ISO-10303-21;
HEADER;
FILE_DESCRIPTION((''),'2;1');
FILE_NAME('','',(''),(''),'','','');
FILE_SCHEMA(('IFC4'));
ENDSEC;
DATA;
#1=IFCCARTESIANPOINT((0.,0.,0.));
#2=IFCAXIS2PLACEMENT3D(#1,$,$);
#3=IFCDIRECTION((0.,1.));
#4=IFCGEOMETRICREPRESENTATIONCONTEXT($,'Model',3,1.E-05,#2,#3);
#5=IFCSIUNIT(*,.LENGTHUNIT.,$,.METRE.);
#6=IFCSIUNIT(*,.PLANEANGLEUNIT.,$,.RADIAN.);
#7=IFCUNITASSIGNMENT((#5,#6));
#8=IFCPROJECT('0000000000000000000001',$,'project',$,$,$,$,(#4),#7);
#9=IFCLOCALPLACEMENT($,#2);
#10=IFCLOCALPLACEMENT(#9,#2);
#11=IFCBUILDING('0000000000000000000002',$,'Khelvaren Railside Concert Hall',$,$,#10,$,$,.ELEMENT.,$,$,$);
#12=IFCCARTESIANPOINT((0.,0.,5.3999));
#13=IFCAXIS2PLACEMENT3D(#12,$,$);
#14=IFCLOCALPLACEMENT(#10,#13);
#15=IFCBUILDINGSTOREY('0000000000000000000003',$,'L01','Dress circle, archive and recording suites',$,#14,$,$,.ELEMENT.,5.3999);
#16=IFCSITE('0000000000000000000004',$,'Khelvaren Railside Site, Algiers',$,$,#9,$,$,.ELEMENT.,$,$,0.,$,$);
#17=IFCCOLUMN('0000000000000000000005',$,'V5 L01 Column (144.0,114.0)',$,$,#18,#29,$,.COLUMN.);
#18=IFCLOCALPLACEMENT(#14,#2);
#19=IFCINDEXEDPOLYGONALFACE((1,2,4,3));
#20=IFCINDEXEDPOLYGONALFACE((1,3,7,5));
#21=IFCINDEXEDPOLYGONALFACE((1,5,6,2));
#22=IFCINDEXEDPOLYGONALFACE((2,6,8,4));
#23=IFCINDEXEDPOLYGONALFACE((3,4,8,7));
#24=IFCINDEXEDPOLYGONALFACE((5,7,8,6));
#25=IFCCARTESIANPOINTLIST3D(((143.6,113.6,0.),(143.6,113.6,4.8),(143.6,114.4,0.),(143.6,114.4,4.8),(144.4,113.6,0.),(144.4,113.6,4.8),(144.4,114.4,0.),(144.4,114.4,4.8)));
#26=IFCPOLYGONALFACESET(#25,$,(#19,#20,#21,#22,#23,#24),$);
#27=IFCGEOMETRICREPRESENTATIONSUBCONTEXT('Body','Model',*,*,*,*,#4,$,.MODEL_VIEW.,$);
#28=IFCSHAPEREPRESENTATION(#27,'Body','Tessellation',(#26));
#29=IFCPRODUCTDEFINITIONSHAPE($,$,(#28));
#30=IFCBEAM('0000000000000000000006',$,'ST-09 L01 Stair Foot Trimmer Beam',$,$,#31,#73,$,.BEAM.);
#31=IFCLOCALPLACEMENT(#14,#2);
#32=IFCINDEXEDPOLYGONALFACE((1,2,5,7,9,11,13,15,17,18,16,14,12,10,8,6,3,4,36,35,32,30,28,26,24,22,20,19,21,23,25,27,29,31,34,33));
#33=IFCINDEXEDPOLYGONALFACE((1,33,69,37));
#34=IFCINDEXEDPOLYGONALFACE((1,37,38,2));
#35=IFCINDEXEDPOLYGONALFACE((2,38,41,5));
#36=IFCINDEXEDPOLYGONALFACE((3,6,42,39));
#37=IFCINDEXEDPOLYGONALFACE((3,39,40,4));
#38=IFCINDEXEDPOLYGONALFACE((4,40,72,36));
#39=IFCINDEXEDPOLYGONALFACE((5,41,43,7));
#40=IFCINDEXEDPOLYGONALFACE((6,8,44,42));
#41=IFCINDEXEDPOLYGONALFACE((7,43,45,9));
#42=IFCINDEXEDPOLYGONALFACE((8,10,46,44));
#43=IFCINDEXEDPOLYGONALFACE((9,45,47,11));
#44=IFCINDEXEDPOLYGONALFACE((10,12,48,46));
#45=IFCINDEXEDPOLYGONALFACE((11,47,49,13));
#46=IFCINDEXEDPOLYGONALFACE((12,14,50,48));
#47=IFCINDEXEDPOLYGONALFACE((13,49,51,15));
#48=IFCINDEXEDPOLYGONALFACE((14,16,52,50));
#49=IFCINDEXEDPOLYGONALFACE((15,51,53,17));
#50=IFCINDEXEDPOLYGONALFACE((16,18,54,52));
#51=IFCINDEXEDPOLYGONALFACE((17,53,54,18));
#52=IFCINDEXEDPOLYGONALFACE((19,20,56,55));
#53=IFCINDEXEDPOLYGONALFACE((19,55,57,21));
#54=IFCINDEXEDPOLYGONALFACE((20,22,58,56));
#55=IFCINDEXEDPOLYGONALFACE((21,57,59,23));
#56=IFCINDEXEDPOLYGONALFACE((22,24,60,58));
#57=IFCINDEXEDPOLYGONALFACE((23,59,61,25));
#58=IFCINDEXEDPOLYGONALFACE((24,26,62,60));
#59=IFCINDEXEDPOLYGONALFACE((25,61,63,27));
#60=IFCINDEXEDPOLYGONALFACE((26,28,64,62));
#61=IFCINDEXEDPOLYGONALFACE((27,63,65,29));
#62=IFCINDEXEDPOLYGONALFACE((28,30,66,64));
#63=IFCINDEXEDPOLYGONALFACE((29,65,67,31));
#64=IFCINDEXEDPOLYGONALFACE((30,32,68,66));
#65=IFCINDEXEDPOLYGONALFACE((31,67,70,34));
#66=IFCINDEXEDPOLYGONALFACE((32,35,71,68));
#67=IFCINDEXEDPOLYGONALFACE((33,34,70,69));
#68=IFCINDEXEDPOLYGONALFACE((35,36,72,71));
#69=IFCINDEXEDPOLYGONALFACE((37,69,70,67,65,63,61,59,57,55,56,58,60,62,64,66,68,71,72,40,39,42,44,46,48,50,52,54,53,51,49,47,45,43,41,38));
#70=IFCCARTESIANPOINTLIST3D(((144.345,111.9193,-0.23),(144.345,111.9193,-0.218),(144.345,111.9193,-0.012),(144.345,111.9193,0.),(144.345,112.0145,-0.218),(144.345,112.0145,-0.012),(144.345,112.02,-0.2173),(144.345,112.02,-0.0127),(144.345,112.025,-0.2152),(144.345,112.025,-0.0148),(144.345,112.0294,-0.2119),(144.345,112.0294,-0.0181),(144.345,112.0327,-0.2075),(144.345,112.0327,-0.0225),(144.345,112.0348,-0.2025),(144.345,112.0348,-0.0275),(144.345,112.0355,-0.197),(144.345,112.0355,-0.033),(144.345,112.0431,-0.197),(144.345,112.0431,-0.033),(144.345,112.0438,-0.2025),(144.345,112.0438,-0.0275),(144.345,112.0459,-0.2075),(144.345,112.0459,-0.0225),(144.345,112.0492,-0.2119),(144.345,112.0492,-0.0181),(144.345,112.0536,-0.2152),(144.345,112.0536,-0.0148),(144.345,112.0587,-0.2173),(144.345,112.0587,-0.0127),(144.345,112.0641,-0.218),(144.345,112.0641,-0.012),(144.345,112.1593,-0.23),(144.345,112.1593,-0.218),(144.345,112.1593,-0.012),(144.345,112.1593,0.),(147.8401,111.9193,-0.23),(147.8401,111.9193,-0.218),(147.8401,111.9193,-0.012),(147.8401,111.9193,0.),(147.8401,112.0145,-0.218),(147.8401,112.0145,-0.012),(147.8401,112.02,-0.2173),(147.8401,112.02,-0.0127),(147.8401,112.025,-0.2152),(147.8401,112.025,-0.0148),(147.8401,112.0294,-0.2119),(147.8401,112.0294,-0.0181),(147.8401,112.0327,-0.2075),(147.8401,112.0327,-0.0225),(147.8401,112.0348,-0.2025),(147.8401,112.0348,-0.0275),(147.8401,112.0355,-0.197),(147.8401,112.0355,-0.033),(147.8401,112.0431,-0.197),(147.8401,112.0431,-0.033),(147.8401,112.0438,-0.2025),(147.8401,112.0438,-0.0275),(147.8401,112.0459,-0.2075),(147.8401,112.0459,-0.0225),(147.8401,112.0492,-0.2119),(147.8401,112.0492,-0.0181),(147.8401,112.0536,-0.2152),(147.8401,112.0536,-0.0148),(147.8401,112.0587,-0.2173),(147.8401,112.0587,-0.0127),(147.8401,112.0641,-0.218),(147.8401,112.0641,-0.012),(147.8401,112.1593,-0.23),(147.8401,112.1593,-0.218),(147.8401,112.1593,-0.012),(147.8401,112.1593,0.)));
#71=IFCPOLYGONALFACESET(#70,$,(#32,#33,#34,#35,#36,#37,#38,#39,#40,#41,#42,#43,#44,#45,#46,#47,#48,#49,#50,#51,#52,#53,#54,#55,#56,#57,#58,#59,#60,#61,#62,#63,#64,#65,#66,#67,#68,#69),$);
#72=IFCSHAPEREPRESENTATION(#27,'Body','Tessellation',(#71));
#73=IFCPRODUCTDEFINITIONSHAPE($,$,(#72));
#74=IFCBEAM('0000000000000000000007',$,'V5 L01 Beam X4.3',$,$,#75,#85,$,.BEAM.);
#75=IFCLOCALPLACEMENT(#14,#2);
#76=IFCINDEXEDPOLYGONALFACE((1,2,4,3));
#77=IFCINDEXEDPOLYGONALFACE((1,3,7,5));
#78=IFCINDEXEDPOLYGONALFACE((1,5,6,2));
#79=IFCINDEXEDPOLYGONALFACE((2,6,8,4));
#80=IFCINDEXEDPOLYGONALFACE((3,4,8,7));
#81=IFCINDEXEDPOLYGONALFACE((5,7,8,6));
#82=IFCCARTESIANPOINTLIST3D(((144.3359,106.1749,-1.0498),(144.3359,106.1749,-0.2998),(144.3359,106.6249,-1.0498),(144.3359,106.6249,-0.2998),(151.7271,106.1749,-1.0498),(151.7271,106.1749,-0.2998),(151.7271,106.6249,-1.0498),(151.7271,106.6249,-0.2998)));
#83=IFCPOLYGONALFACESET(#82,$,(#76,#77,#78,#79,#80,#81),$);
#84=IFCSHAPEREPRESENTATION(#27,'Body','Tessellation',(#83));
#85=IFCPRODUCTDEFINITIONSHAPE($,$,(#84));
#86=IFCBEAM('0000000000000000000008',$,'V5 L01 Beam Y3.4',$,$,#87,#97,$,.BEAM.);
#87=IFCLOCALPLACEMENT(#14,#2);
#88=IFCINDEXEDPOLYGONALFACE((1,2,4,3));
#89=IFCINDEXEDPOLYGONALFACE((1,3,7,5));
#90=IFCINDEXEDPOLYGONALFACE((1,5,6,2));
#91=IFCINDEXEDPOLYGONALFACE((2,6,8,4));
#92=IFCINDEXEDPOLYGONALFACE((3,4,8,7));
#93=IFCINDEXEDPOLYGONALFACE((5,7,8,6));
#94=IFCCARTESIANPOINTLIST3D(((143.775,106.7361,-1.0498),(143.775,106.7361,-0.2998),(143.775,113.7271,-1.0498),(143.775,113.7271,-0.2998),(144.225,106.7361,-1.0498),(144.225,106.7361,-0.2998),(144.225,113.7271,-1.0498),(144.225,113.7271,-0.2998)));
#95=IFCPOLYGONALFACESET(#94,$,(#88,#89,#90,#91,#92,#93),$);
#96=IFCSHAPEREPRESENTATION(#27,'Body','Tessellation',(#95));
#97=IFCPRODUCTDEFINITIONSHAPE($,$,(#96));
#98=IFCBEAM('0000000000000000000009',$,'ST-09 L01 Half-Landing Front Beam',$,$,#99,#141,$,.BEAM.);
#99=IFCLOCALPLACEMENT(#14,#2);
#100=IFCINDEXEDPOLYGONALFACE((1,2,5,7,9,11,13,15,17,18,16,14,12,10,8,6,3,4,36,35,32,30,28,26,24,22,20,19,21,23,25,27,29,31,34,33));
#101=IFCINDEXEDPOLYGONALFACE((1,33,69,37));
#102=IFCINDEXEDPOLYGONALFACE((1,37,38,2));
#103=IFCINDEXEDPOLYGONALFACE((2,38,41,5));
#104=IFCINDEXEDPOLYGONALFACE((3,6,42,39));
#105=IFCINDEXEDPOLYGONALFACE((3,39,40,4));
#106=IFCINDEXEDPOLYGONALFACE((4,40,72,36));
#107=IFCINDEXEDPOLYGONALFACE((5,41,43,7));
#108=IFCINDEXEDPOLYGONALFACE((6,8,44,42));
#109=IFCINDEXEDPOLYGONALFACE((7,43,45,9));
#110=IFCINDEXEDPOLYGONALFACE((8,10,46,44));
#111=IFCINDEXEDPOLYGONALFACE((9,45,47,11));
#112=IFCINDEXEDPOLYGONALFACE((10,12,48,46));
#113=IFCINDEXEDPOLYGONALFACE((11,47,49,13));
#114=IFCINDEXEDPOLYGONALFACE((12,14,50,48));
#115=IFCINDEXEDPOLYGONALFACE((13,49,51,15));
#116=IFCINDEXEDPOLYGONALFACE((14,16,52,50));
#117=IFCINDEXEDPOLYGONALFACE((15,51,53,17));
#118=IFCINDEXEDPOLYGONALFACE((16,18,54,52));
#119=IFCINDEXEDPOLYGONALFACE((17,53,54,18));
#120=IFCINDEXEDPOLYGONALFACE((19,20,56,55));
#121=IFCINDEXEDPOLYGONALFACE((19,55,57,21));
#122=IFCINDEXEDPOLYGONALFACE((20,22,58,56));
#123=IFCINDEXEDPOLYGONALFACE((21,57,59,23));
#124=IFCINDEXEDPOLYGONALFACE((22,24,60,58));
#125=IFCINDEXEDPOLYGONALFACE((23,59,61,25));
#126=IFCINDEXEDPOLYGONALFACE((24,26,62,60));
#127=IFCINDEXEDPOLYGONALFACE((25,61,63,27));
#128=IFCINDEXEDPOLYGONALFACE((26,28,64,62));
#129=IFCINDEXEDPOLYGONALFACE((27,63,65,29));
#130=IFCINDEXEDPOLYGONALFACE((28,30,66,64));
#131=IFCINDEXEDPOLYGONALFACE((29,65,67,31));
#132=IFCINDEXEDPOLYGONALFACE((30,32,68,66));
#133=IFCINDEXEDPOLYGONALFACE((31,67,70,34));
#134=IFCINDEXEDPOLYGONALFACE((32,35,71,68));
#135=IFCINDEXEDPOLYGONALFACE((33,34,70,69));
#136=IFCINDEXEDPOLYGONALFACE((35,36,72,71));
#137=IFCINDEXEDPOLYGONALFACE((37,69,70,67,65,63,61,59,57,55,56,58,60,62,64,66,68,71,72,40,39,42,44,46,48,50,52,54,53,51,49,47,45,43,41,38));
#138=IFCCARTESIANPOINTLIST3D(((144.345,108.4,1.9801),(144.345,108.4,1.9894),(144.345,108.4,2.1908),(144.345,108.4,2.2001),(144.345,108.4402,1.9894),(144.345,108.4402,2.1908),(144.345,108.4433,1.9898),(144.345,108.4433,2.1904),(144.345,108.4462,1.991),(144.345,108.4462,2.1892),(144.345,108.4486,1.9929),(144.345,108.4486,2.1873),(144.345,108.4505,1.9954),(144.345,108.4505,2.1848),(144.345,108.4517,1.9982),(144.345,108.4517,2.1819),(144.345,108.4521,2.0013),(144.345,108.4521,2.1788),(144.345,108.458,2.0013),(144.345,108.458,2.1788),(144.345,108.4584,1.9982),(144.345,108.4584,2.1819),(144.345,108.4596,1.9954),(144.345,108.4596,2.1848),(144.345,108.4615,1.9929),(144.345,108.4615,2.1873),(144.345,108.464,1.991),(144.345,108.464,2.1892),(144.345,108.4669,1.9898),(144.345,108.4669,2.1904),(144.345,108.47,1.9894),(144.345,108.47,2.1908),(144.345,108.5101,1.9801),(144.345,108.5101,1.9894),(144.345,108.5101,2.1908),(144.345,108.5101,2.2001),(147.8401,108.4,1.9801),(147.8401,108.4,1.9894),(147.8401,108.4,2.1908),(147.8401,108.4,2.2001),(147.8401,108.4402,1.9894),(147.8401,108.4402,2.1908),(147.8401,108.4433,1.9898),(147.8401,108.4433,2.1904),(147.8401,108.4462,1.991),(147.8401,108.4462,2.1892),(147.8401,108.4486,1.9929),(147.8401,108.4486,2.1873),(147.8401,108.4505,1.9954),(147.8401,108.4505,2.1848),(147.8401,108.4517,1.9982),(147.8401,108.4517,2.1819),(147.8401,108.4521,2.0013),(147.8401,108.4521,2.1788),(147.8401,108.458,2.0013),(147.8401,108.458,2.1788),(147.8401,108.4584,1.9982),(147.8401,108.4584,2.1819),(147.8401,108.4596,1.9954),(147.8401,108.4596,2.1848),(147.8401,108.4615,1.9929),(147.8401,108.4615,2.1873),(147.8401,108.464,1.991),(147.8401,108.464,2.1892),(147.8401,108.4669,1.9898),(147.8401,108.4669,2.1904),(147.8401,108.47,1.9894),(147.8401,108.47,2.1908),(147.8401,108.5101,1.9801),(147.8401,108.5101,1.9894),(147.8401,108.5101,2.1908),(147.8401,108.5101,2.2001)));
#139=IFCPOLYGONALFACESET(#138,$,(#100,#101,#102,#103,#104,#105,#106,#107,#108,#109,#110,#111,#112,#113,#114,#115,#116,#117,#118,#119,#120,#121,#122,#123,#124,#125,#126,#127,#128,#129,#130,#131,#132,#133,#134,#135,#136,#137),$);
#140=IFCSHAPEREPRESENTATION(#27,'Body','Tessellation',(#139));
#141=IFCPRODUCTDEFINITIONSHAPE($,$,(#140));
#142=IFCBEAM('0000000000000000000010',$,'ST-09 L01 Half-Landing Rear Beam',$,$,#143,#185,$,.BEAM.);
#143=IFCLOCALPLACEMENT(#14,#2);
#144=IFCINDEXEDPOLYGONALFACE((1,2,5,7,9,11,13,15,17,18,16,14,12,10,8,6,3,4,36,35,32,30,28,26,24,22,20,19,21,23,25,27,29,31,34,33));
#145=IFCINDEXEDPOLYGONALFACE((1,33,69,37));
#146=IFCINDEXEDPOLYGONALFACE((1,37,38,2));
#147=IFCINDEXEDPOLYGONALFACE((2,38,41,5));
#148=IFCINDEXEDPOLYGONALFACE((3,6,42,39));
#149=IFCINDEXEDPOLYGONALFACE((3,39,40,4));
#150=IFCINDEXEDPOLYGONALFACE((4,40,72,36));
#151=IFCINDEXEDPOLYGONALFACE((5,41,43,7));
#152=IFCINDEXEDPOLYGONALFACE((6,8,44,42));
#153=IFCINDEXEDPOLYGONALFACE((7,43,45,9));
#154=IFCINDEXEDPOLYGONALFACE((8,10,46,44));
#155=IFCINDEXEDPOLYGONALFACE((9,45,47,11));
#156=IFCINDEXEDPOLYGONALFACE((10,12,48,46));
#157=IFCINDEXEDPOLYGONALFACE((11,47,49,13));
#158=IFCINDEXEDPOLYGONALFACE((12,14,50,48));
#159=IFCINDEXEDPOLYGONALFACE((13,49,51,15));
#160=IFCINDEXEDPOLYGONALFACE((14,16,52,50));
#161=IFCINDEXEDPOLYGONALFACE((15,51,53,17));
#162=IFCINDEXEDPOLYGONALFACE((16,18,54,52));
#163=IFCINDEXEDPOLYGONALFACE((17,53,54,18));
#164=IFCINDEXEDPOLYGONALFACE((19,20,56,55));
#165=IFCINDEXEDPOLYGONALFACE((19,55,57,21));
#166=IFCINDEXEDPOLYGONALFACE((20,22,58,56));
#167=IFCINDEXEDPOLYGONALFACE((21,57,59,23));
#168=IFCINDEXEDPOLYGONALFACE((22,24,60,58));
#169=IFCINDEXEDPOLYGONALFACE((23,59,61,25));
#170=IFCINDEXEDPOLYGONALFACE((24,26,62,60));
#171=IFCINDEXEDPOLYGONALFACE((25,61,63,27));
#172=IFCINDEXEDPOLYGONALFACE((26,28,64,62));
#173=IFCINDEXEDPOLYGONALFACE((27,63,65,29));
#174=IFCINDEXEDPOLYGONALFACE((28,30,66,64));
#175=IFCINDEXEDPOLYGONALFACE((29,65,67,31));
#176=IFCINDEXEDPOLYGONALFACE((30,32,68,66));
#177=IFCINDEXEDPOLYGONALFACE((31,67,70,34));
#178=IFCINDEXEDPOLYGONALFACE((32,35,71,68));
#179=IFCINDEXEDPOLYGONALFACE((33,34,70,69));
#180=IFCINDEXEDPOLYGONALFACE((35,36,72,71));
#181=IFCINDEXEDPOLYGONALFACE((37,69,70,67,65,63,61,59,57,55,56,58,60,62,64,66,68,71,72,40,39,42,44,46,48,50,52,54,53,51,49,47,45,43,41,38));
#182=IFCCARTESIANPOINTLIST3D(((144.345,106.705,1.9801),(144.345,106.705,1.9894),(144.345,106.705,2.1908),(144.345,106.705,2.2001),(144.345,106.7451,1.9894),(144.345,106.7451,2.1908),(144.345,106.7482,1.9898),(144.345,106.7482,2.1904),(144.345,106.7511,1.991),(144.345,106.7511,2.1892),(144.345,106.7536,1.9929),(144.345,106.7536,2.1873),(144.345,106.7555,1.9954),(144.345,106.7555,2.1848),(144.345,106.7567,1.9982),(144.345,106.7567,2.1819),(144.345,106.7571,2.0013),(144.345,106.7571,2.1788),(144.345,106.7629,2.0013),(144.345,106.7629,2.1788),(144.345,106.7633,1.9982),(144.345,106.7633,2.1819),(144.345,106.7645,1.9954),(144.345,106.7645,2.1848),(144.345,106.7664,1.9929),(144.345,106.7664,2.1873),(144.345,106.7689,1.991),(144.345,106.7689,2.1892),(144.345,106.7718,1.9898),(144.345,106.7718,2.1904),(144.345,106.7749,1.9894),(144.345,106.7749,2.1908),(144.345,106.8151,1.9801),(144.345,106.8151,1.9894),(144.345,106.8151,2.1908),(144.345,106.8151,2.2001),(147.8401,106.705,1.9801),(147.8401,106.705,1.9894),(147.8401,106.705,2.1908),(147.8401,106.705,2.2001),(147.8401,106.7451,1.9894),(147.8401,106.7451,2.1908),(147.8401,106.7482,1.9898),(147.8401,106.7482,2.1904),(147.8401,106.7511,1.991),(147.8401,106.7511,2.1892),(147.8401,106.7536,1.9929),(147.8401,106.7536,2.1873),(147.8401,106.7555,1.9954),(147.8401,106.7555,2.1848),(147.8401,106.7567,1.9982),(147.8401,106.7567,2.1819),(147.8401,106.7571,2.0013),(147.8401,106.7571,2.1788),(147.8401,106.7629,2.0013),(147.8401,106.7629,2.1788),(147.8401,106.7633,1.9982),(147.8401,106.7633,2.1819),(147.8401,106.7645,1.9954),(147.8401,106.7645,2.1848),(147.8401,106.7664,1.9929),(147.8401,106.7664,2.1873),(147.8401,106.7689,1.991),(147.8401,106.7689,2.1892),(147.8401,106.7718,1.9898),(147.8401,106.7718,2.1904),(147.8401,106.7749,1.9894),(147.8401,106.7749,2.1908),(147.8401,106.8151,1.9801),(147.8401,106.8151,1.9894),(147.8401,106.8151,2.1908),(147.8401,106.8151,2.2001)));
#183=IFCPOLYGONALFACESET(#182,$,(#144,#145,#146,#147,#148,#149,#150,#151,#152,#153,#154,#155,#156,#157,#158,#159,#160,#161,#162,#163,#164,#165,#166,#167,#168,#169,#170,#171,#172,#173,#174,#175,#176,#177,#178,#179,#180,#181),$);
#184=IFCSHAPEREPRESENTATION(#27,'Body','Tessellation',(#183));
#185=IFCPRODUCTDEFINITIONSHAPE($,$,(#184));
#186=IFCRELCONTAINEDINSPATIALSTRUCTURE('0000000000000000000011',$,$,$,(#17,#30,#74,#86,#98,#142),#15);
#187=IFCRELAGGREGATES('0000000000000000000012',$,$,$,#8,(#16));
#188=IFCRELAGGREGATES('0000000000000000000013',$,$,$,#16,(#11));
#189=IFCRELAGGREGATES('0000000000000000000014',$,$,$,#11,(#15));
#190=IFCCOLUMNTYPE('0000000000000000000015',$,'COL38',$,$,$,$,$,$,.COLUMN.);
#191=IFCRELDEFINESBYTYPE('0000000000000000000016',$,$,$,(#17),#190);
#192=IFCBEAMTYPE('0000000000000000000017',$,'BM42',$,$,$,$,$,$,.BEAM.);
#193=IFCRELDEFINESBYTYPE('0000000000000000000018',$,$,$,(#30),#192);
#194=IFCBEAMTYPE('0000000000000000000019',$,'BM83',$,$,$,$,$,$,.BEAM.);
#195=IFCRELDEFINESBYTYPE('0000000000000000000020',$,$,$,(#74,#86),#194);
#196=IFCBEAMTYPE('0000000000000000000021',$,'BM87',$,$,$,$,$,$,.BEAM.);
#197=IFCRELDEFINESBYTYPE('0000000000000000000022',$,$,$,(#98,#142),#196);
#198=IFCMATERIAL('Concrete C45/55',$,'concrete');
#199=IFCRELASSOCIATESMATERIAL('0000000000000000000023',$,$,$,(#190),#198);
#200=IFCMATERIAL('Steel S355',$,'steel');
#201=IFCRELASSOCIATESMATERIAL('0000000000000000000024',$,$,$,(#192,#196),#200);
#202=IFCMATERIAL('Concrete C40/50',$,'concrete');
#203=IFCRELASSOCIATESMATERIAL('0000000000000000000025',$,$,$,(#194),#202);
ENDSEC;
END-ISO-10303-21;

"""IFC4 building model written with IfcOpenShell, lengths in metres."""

from ifc_helpers import new_model, si_unit, direction, frame, origin, origin_2d, place, context, subcontext, project, spatial, rectangle, i_section, extrude, material, material_profile, profile_set, type_object, element, save


model = new_model("IFC4")

# Units and contexts
model_context = context("Model", 3, precision=1e-05, world=origin(), true_north=direction((0.0, 1.0)))
body_context = subcontext(model_context, "Body", "Model", "MODEL_VIEW")
ifc_project = project(units=[si_unit("LENGTHUNIT", "METRE"), si_unit("PLANEANGLEUNIT", "RADIAN")], contexts=[model_context])

# Site, building, storey
site_placement = place(None, origin())
site = spatial("IfcSite", under=ifc_project, at=site_placement, Name="Khelvaren Railside Site, Algiers", CompositionType="ELEMENT", RefElevation=0.0)
building_placement = place(site_placement, origin())
building = spatial("IfcBuilding", under=site, at=building_placement, Name="Khelvaren Railside Concert Hall", CompositionType="ELEMENT")
storey_placement = place(building_placement, frame((0.0, 0.0, 5.3999)))
storey = spatial("IfcBuildingStorey", under=building, at=storey_placement, Name="L01", Description="Dress circle, archive and recording suites", CompositionType="ELEMENT", Elevation=5.3999)

# Column
ifc_material_1 = material(Name="Concrete C45/55", Category="concrete")
ifc_material_profile_1 = material_profile(ifc_material_1, rectangle(XDim=0.8, YDim=0.8, at=origin_2d()), Name="RC 800x800")
ifc_profile_set_1 = profile_set([ifc_material_profile_1], Name="Concrete C45/55")
column_type = type_object("IfcColumnType", Name="COL38", PredefinedType="COLUMN", material=ifc_profile_set_1)
column_placement = place(storey_placement, frame((144.0, 114.0, 0.0), z_axis=(0.0, 0.0, 1.0), x_axis=(1.0, 0.0, 0.0)))
element("IfcColumn", 1, at=column_placement, inside=storey, type_object=column_type, Name="V5 L01 Column (144.0,114.0)", PredefinedType="COLUMN", context=body_context, shape_type="SweptSolid", body=[
    extrude(rectangle(XDim=0.8, YDim=0.8, at=origin_2d()), origin(), (0.0, 0.0, 1.0), 4.8),
])

# Beams
ifc_material_2 = material(Name="Steel S355", Category="steel")
ifc_material_profile_2 = material_profile(ifc_material_2, i_section(OverallWidth=0.24, OverallDepth=0.23, WebThickness=0.0076, FlangeThickness=0.012, FilletRadius=0.021, at=origin_2d()), Name="HEA 240")
ifc_profile_set_2 = profile_set([ifc_material_profile_2], Name="Steel S355")
beam_type_1 = type_object("IfcBeamType", Name="BM42", PredefinedType="BEAM", material=ifc_profile_set_2)
beam_1_placement = place(storey_placement, frame((144.345, 112.0393, -0.115), z_axis=(1.0, 0.0, 0.0), x_axis=(0.0, 1.0, 0.0)))
element("IfcBeam", 2, at=beam_1_placement, inside=storey, type_object=beam_type_1, Name="ST-09 L01 Stair Foot Trimmer Beam", PredefinedType="BEAM", context=body_context, shape_type="SweptSolid", body=[
    extrude(i_section(OverallWidth=0.24, OverallDepth=0.23, WebThickness=0.0076, FlangeThickness=0.012, FilletRadius=0.021, at=origin_2d()), origin(), (0.0, 0.0, 1.0), 3.4951),
])
ifc_material_3 = material(Name="Concrete C40/50", Category="concrete")
ifc_material_profile_3 = material_profile(ifc_material_3, rectangle(XDim=0.45, YDim=0.75, at=origin_2d()), Name="RCB 450x750")
ifc_profile_set_3 = profile_set([ifc_material_profile_3], Name="Concrete C40/50")
beam_type_2 = type_object("IfcBeamType", Name="BM83", PredefinedType="BEAM", material=ifc_profile_set_3)
beam_2_placement = place(storey_placement, frame((144.3359, 106.3999, -0.6748), z_axis=(1.0, 0.0, 0.0), x_axis=(0.0, 1.0, 0.0)))
element("IfcBeam", 3, at=beam_2_placement, inside=storey, type_object=beam_type_2, Name="V5 L01 Beam X4.3", PredefinedType="BEAM", context=body_context, shape_type="SweptSolid", body=[
    extrude(rectangle(XDim=0.45, YDim=0.75, at=origin_2d()), origin(), (0.0, 0.0, 1.0), 7.3911),
])
beam_3_placement = place(storey_placement, frame((144.0, 106.7361, -0.6748), z_axis=(0.0, 1.0, 0.0), x_axis=(-1.0, 0.0, 0.0)))
element("IfcBeam", 4, at=beam_3_placement, inside=storey, type_object=beam_type_2, Name="V5 L01 Beam Y3.4", PredefinedType="BEAM", context=body_context, shape_type="SweptSolid", body=[
    extrude(rectangle(XDim=0.45, YDim=0.75, at=origin_2d()), origin(), (0.0, 0.0, 1.0), 6.991),
])
ifc_material_profile_4 = material_profile(ifc_material_2, i_section(OverallWidth=0.1101, OverallDepth=0.22, WebThickness=0.0059, FlangeThickness=0.0093, FilletRadius=0.012, at=origin_2d()), Name="IPE 220")
ifc_profile_set_4 = profile_set([ifc_material_profile_4], Name="Steel S355")
beam_type_3 = type_object("IfcBeamType", Name="BM87", PredefinedType="BEAM", material=ifc_profile_set_4)
for number, where, z_axis, x_axis, name in (
    (5, (144.345, 108.4551, 2.0901), (1.0, 0.0, 0.0), (0.0, 1.0, 0.0), "ST-09 L01 Half-Landing Front Beam"),
    (6, (144.345, 106.76, 2.0901), (1.0, 0.0, 0.0), (0.0, 1.0, 0.0), "ST-09 L01 Half-Landing Rear Beam"),
):
    element("IfcBeam", number, at=place(storey_placement, frame(where, z_axis=z_axis, x_axis=x_axis)), inside=storey, type_object=beam_type_3, Name=name, PredefinedType="BEAM", context=body_context, shape_type="SweptSolid", body=[
        extrude(i_section(OverallWidth=0.1101, OverallDepth=0.22, WebThickness=0.0059, FlangeThickness=0.0093, FilletRadius=0.012, at=origin_2d()), origin(), (0.0, 0.0, 1.0), 3.4951),
    ])

save(model, "model.ifc")
